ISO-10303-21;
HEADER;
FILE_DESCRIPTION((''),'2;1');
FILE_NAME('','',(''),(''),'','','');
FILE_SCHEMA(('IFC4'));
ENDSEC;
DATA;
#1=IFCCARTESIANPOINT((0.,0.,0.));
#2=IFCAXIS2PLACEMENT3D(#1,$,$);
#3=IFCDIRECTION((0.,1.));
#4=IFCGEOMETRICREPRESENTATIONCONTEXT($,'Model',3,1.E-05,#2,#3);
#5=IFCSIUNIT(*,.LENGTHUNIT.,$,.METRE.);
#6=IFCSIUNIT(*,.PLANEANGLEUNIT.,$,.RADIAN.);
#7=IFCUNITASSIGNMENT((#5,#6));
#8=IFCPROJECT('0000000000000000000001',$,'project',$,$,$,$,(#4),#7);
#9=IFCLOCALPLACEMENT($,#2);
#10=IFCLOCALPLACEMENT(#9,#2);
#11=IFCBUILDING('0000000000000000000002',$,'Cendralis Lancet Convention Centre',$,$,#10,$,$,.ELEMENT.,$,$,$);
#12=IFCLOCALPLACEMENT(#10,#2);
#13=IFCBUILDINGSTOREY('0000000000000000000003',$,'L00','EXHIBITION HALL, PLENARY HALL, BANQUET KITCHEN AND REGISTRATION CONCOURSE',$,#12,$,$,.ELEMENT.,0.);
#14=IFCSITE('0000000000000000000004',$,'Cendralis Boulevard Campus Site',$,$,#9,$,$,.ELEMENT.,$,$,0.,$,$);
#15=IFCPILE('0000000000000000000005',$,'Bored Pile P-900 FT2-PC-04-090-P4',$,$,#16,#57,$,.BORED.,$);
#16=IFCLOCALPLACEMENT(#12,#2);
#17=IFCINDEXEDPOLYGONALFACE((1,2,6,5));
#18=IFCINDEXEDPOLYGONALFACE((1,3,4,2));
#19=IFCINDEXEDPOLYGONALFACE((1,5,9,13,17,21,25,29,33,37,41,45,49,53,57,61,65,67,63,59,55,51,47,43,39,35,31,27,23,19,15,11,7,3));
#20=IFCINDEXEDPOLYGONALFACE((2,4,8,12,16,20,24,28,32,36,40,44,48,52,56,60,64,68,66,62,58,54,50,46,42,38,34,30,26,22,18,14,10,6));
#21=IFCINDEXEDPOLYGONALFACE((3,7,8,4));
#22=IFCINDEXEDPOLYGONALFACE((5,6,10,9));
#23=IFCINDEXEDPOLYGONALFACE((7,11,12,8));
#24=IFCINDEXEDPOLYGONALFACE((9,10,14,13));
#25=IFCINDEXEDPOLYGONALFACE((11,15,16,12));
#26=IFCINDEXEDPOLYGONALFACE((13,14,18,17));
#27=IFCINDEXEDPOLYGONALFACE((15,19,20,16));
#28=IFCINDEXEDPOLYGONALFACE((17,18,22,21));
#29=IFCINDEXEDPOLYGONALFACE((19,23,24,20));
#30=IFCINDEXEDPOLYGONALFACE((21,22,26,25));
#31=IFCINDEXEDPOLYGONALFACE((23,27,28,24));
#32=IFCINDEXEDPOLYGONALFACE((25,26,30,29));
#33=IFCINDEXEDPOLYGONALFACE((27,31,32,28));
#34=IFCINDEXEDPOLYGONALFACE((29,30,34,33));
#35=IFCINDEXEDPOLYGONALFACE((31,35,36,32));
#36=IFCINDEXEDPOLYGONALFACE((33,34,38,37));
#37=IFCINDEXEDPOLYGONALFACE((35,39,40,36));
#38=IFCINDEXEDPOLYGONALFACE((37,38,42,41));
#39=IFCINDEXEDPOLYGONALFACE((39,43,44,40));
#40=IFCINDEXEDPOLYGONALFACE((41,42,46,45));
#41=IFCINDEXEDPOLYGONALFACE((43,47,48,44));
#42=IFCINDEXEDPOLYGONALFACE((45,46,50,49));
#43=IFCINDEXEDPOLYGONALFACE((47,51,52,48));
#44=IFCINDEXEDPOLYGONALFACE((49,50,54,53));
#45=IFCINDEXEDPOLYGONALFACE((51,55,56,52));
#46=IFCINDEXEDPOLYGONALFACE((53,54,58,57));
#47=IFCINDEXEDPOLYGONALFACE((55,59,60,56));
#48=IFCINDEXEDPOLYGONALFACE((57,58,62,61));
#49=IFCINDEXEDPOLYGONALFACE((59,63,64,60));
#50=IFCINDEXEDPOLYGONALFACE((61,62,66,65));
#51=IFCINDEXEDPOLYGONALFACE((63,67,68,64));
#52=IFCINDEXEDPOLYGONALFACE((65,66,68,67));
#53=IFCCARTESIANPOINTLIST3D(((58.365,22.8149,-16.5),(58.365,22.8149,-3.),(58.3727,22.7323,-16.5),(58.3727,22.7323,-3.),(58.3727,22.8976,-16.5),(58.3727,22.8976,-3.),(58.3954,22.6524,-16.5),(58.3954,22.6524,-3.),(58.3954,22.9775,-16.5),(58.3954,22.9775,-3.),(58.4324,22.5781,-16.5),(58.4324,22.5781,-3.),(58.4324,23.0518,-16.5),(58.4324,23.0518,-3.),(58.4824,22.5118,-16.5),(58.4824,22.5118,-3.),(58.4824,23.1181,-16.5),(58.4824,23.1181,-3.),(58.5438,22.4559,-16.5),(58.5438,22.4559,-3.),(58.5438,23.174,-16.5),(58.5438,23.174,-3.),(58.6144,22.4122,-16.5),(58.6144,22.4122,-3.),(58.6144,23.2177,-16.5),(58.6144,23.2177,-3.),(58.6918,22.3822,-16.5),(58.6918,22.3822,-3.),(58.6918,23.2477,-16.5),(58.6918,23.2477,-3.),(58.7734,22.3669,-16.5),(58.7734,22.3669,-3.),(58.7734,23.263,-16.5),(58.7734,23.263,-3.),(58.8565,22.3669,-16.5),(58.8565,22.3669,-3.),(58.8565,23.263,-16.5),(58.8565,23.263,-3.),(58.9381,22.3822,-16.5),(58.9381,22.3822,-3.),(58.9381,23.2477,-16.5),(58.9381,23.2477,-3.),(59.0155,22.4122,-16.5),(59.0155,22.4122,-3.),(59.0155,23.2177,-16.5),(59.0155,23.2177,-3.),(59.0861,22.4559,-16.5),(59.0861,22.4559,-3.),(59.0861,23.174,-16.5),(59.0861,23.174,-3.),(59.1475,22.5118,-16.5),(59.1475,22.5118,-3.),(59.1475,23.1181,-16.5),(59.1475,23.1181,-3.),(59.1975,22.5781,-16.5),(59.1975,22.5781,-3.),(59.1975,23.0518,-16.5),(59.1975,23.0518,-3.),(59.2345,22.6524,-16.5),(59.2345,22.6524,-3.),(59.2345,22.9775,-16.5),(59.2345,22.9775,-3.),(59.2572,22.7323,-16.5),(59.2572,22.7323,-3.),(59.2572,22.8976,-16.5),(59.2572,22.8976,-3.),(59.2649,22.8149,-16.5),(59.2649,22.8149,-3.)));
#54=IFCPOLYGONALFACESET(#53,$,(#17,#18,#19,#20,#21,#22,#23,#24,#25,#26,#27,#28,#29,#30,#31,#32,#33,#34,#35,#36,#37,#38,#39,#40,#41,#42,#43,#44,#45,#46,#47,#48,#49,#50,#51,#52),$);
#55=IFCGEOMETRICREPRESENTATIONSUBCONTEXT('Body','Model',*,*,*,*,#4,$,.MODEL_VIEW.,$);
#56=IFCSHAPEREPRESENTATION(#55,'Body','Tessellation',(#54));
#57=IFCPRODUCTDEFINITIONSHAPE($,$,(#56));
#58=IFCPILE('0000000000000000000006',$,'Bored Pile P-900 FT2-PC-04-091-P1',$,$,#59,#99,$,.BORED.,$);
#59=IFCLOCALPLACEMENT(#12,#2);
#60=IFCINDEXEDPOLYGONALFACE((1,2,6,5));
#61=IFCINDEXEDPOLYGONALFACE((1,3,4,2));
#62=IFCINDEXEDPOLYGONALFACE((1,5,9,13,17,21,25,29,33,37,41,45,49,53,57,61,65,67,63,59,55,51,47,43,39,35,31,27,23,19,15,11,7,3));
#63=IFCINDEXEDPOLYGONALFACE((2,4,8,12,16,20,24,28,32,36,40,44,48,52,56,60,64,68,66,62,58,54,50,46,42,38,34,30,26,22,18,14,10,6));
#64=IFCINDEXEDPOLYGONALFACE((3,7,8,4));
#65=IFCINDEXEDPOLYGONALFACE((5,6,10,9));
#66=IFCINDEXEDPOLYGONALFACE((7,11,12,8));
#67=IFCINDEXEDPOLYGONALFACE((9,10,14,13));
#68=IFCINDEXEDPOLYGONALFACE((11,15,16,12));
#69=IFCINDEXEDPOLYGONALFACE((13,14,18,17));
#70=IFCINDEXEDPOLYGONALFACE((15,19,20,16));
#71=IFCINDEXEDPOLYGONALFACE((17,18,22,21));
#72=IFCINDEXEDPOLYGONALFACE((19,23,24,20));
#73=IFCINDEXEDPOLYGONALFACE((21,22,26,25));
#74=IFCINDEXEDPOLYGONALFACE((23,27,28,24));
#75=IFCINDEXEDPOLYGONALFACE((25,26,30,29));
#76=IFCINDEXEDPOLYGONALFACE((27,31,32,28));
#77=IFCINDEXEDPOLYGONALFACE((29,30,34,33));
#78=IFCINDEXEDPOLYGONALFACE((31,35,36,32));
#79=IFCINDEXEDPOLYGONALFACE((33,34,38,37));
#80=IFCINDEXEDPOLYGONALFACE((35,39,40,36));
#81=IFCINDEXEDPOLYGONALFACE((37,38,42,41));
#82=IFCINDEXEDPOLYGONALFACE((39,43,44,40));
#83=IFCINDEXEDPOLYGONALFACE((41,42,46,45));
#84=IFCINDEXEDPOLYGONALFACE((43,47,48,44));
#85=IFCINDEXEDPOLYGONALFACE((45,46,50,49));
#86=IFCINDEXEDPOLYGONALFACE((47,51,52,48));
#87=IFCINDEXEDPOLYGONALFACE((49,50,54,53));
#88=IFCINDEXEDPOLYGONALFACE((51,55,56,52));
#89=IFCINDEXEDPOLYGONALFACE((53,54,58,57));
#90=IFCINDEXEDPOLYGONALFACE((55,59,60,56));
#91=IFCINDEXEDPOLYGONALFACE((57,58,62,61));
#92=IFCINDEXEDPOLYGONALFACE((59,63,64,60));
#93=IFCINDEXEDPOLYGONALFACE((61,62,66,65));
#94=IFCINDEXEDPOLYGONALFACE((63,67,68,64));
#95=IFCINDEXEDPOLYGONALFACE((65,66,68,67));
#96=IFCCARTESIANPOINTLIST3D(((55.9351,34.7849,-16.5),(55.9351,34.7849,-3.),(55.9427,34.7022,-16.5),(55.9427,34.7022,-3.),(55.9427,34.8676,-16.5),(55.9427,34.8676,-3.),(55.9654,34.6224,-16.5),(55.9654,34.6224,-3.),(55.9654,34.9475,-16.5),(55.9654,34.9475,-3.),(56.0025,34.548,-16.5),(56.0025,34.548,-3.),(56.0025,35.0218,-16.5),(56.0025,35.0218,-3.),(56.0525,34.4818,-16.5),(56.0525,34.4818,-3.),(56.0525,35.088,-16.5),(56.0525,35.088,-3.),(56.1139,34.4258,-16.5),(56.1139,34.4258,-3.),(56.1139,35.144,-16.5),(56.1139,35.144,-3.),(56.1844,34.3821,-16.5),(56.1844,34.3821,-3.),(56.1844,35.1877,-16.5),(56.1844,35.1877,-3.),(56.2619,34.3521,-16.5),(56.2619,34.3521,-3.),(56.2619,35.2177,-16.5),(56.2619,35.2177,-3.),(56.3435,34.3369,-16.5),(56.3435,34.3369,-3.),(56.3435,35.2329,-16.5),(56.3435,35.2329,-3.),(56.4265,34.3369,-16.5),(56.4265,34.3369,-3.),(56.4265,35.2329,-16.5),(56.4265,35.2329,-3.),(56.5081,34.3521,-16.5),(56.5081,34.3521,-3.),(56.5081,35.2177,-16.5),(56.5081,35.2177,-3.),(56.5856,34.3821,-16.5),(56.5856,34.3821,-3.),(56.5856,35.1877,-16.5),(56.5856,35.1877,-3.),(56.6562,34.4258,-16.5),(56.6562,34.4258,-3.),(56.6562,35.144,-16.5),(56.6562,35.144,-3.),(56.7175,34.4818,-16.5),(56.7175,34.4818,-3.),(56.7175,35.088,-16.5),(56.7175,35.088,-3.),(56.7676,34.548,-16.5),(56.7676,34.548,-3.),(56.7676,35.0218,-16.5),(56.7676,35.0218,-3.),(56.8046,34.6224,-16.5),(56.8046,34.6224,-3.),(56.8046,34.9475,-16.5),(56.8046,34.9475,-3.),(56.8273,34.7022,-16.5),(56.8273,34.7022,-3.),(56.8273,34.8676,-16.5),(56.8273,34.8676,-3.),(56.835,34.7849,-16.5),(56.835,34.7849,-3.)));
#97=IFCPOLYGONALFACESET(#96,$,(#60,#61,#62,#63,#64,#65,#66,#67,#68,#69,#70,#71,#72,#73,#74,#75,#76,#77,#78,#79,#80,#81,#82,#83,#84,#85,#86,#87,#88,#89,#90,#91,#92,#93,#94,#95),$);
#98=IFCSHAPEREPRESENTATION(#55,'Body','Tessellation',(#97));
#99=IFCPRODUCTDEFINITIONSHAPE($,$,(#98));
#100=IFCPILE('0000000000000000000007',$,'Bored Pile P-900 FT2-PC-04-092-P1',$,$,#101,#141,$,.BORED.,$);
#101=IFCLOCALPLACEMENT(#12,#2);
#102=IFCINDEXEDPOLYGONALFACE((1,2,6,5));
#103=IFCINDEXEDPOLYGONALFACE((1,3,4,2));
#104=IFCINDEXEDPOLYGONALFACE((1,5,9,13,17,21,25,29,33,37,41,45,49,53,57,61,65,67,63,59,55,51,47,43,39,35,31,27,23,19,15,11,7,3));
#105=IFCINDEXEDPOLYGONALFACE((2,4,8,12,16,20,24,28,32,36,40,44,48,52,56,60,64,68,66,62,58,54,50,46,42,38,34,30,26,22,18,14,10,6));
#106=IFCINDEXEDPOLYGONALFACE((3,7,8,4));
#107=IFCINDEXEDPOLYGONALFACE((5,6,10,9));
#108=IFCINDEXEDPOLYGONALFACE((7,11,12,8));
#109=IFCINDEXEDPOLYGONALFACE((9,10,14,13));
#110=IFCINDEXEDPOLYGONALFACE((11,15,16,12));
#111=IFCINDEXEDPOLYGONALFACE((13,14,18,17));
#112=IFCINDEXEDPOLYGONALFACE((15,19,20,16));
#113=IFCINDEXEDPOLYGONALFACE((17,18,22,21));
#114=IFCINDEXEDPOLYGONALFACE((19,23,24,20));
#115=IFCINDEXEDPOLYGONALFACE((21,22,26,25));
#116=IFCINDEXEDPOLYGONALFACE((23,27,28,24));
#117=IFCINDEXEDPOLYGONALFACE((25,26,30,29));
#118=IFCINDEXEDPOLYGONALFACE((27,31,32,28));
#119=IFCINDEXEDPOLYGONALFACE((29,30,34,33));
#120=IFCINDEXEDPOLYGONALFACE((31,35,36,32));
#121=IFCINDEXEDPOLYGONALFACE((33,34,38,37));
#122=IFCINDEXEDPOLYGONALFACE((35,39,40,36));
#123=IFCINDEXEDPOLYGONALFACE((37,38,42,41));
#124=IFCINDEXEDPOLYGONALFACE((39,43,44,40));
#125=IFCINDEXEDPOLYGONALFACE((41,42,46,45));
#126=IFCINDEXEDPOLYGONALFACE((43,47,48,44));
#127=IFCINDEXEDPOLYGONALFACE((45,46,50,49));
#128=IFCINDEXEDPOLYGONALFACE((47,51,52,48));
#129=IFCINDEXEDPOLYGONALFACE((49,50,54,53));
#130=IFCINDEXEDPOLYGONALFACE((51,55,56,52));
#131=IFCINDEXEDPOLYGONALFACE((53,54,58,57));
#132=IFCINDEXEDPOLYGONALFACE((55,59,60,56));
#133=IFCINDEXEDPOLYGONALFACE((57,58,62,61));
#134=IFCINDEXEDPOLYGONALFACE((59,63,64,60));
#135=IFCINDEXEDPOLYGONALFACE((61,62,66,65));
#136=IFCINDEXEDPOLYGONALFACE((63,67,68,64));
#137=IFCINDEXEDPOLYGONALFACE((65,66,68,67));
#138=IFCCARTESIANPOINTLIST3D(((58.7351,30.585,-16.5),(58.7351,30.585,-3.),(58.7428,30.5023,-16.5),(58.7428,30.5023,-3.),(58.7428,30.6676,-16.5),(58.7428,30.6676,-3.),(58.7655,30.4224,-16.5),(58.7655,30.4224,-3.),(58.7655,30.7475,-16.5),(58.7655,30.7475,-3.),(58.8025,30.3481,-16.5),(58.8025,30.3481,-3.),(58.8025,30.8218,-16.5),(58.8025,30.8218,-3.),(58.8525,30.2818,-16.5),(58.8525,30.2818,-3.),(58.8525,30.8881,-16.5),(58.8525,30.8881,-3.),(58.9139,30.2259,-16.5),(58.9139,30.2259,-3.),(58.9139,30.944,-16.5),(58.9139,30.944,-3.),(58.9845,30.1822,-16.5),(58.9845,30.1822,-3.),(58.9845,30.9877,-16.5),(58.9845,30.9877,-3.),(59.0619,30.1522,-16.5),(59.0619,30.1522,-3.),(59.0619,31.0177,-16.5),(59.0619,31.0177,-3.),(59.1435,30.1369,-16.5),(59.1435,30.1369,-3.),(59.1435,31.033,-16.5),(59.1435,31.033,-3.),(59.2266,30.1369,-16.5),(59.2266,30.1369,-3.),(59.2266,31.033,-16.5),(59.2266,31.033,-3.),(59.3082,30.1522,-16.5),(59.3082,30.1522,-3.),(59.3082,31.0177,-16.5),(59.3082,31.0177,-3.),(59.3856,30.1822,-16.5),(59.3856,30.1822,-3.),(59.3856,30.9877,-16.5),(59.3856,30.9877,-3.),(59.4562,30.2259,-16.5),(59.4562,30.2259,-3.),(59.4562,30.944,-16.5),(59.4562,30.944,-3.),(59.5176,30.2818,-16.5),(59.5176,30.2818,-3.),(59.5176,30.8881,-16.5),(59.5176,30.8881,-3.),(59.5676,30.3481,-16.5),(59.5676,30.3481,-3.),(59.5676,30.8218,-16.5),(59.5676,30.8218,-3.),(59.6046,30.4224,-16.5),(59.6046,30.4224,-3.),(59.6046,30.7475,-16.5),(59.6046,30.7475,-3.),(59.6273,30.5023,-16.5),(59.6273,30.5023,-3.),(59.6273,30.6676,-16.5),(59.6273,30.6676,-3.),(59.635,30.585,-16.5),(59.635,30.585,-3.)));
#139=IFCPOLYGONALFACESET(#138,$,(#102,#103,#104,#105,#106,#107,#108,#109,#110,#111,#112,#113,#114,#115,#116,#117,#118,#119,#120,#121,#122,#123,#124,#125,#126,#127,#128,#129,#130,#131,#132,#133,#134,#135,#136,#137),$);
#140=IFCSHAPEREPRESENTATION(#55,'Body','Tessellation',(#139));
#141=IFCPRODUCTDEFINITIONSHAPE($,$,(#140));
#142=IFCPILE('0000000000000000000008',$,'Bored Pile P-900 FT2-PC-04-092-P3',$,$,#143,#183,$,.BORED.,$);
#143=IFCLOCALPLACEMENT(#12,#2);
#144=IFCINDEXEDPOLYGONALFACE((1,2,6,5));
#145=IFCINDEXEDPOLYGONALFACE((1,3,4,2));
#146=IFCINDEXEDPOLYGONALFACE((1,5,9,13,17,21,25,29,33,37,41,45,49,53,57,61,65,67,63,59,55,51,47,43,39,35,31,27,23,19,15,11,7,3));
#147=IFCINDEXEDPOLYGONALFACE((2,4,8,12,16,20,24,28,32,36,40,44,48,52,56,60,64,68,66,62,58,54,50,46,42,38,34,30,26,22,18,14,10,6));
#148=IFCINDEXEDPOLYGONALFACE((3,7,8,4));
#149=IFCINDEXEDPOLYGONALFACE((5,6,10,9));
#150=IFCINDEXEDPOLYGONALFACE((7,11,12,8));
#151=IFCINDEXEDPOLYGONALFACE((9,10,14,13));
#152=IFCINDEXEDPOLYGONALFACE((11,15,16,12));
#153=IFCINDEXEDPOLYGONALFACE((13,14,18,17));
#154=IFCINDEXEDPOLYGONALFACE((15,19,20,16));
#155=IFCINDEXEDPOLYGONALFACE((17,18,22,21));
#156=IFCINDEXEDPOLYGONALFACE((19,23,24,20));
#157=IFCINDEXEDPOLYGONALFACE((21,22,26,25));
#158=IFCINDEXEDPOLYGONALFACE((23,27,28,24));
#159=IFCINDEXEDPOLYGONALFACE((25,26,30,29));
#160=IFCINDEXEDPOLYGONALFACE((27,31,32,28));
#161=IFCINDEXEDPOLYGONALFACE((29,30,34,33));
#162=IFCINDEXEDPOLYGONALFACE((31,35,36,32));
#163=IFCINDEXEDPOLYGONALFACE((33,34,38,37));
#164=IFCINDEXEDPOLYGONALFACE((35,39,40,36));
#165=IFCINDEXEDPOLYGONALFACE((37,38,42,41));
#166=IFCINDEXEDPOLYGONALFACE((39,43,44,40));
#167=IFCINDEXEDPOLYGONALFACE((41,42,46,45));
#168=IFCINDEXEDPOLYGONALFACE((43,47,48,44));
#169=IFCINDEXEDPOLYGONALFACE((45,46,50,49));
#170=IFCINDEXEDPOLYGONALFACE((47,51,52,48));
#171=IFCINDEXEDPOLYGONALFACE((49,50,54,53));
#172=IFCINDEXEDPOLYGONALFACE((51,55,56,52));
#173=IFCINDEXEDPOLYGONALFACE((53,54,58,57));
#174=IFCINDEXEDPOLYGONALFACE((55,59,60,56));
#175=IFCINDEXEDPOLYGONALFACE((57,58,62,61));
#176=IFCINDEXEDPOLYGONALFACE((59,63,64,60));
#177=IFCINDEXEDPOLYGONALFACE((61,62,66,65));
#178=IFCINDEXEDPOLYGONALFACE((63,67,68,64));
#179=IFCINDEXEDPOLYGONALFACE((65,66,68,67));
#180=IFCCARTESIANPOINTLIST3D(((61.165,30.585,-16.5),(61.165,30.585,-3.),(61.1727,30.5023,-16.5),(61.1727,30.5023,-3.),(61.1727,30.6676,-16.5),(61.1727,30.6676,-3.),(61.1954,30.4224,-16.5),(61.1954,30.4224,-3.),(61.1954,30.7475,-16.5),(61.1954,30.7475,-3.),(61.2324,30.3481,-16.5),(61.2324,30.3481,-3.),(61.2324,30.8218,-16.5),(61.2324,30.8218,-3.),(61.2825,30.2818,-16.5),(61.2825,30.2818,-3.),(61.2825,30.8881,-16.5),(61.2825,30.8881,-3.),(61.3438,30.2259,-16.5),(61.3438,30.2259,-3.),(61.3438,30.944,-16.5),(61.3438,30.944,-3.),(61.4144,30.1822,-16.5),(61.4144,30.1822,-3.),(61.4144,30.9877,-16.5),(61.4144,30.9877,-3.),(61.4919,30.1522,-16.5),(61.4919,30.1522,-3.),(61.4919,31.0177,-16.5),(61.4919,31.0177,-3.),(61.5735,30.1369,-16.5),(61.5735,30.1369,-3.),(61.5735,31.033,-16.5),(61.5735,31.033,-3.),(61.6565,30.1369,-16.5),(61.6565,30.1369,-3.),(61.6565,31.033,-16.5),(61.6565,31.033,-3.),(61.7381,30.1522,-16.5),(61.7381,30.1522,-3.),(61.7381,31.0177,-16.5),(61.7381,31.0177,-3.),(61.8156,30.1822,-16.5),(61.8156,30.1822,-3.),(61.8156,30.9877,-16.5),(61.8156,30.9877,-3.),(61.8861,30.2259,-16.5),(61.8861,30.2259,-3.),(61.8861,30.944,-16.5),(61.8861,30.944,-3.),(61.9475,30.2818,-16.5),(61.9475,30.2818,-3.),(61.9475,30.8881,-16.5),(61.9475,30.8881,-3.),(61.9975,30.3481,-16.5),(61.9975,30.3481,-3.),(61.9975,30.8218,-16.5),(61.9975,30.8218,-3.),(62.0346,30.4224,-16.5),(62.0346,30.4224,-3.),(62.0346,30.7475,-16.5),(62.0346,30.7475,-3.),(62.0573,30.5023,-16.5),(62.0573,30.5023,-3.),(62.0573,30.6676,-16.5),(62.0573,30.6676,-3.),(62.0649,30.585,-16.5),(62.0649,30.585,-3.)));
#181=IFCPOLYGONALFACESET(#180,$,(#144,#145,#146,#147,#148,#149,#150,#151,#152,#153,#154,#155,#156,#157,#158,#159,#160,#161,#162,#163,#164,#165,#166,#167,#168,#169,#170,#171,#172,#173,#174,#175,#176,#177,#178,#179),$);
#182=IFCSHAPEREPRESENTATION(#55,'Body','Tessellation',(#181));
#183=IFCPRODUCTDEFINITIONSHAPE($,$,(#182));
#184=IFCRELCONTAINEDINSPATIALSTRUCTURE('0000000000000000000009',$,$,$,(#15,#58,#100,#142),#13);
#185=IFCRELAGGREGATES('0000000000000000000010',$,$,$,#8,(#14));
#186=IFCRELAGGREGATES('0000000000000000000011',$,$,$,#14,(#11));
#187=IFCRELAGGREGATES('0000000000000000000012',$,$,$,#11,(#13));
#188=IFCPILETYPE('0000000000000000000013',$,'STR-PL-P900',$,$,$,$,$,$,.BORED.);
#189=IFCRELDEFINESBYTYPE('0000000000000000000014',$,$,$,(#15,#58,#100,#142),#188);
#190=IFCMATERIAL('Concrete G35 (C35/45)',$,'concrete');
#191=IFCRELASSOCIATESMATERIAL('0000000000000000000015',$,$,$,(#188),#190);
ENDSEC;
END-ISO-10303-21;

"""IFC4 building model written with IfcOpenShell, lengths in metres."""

from ifc_helpers import new_model, si_unit, direction, frame, origin, origin_2d, place, context, subcontext, project, spatial, circle, extrude, material, material_profile, profile_set, type_object, element, save


model = new_model("IFC4")

# Units and contexts
model_context = context("Model", 3, precision=1e-05, world=origin(), true_north=direction((0.0, 1.0)))
body_context = subcontext(model_context, "Body", "Model", "MODEL_VIEW")
ifc_project = project(units=[si_unit("LENGTHUNIT", "METRE"), si_unit("PLANEANGLEUNIT", "RADIAN")], contexts=[model_context])

# Site, building, storey
site_placement = place(None, origin())
site = spatial("IfcSite", under=ifc_project, at=site_placement, Name="Cendralis Boulevard Campus Site", CompositionType="ELEMENT", RefElevation=0.0)
building_placement = place(site_placement, origin())
building = spatial("IfcBuilding", under=site, at=building_placement, Name="Cendralis Lancet Convention Centre", CompositionType="ELEMENT")
storey_placement = place(building_placement, origin())
storey = spatial("IfcBuildingStorey", under=building, at=storey_placement, Name="L00", Description="EXHIBITION HALL, PLENARY HALL, BANQUET KITCHEN AND REGISTRATION CONCOURSE", CompositionType="ELEMENT", Elevation=0.0)

# Shared definitions
ifc_material_1 = material(Name="Concrete G35 (C35/45)", Category="concrete")

# Piles
ifc_material_profile_1 = material_profile(ifc_material_1, circle(Radius=0.45, at=origin_2d()), Name="BORED PILE D900")
ifc_profile_set_1 = profile_set([ifc_material_profile_1], Name="Concrete G35 (C35/45)")
pile_type_1 = type_object("IfcPileType", Name="STR-PL-P900", PredefinedType="BORED", material=ifc_profile_set_1)
for number, where, z_axis, x_axis, name in (
    (1, (58.8149, 22.8149, -3.0), (0.0, 0.0, -1.0), (1.0, 0.0, 0.0), "Bored Pile P-900 FT2-PC-04-090-P4"),
    (2, (56.385, 34.7849, -3.0), (0.0, 0.0, -1.0), (1.0, 0.0, 0.0), "Bored Pile P-900 FT2-PC-04-091-P1"),
    (3, (59.1851, 30.585, -3.0), (0.0, 0.0, -1.0), (1.0, 0.0, 0.0), "Bored Pile P-900 FT2-PC-04-092-P1"),
    (4, (61.615, 30.585, -3.0), (0.0, 0.0, -1.0), (1.0, 0.0, 0.0), "Bored Pile P-900 FT2-PC-04-092-P3"),
):
    element("IfcPile", number, at=place(storey_placement, frame(where, z_axis=z_axis, x_axis=x_axis)), inside=storey, type_object=pile_type_1, Name=name, PredefinedType="BORED", context=body_context, shape_type="SweptSolid", body=[
        extrude(circle(Radius=0.45, at=origin_2d()), origin(), (0.0, 0.0, 1.0), 13.5),
    ])

save(model, "model.ifc")
